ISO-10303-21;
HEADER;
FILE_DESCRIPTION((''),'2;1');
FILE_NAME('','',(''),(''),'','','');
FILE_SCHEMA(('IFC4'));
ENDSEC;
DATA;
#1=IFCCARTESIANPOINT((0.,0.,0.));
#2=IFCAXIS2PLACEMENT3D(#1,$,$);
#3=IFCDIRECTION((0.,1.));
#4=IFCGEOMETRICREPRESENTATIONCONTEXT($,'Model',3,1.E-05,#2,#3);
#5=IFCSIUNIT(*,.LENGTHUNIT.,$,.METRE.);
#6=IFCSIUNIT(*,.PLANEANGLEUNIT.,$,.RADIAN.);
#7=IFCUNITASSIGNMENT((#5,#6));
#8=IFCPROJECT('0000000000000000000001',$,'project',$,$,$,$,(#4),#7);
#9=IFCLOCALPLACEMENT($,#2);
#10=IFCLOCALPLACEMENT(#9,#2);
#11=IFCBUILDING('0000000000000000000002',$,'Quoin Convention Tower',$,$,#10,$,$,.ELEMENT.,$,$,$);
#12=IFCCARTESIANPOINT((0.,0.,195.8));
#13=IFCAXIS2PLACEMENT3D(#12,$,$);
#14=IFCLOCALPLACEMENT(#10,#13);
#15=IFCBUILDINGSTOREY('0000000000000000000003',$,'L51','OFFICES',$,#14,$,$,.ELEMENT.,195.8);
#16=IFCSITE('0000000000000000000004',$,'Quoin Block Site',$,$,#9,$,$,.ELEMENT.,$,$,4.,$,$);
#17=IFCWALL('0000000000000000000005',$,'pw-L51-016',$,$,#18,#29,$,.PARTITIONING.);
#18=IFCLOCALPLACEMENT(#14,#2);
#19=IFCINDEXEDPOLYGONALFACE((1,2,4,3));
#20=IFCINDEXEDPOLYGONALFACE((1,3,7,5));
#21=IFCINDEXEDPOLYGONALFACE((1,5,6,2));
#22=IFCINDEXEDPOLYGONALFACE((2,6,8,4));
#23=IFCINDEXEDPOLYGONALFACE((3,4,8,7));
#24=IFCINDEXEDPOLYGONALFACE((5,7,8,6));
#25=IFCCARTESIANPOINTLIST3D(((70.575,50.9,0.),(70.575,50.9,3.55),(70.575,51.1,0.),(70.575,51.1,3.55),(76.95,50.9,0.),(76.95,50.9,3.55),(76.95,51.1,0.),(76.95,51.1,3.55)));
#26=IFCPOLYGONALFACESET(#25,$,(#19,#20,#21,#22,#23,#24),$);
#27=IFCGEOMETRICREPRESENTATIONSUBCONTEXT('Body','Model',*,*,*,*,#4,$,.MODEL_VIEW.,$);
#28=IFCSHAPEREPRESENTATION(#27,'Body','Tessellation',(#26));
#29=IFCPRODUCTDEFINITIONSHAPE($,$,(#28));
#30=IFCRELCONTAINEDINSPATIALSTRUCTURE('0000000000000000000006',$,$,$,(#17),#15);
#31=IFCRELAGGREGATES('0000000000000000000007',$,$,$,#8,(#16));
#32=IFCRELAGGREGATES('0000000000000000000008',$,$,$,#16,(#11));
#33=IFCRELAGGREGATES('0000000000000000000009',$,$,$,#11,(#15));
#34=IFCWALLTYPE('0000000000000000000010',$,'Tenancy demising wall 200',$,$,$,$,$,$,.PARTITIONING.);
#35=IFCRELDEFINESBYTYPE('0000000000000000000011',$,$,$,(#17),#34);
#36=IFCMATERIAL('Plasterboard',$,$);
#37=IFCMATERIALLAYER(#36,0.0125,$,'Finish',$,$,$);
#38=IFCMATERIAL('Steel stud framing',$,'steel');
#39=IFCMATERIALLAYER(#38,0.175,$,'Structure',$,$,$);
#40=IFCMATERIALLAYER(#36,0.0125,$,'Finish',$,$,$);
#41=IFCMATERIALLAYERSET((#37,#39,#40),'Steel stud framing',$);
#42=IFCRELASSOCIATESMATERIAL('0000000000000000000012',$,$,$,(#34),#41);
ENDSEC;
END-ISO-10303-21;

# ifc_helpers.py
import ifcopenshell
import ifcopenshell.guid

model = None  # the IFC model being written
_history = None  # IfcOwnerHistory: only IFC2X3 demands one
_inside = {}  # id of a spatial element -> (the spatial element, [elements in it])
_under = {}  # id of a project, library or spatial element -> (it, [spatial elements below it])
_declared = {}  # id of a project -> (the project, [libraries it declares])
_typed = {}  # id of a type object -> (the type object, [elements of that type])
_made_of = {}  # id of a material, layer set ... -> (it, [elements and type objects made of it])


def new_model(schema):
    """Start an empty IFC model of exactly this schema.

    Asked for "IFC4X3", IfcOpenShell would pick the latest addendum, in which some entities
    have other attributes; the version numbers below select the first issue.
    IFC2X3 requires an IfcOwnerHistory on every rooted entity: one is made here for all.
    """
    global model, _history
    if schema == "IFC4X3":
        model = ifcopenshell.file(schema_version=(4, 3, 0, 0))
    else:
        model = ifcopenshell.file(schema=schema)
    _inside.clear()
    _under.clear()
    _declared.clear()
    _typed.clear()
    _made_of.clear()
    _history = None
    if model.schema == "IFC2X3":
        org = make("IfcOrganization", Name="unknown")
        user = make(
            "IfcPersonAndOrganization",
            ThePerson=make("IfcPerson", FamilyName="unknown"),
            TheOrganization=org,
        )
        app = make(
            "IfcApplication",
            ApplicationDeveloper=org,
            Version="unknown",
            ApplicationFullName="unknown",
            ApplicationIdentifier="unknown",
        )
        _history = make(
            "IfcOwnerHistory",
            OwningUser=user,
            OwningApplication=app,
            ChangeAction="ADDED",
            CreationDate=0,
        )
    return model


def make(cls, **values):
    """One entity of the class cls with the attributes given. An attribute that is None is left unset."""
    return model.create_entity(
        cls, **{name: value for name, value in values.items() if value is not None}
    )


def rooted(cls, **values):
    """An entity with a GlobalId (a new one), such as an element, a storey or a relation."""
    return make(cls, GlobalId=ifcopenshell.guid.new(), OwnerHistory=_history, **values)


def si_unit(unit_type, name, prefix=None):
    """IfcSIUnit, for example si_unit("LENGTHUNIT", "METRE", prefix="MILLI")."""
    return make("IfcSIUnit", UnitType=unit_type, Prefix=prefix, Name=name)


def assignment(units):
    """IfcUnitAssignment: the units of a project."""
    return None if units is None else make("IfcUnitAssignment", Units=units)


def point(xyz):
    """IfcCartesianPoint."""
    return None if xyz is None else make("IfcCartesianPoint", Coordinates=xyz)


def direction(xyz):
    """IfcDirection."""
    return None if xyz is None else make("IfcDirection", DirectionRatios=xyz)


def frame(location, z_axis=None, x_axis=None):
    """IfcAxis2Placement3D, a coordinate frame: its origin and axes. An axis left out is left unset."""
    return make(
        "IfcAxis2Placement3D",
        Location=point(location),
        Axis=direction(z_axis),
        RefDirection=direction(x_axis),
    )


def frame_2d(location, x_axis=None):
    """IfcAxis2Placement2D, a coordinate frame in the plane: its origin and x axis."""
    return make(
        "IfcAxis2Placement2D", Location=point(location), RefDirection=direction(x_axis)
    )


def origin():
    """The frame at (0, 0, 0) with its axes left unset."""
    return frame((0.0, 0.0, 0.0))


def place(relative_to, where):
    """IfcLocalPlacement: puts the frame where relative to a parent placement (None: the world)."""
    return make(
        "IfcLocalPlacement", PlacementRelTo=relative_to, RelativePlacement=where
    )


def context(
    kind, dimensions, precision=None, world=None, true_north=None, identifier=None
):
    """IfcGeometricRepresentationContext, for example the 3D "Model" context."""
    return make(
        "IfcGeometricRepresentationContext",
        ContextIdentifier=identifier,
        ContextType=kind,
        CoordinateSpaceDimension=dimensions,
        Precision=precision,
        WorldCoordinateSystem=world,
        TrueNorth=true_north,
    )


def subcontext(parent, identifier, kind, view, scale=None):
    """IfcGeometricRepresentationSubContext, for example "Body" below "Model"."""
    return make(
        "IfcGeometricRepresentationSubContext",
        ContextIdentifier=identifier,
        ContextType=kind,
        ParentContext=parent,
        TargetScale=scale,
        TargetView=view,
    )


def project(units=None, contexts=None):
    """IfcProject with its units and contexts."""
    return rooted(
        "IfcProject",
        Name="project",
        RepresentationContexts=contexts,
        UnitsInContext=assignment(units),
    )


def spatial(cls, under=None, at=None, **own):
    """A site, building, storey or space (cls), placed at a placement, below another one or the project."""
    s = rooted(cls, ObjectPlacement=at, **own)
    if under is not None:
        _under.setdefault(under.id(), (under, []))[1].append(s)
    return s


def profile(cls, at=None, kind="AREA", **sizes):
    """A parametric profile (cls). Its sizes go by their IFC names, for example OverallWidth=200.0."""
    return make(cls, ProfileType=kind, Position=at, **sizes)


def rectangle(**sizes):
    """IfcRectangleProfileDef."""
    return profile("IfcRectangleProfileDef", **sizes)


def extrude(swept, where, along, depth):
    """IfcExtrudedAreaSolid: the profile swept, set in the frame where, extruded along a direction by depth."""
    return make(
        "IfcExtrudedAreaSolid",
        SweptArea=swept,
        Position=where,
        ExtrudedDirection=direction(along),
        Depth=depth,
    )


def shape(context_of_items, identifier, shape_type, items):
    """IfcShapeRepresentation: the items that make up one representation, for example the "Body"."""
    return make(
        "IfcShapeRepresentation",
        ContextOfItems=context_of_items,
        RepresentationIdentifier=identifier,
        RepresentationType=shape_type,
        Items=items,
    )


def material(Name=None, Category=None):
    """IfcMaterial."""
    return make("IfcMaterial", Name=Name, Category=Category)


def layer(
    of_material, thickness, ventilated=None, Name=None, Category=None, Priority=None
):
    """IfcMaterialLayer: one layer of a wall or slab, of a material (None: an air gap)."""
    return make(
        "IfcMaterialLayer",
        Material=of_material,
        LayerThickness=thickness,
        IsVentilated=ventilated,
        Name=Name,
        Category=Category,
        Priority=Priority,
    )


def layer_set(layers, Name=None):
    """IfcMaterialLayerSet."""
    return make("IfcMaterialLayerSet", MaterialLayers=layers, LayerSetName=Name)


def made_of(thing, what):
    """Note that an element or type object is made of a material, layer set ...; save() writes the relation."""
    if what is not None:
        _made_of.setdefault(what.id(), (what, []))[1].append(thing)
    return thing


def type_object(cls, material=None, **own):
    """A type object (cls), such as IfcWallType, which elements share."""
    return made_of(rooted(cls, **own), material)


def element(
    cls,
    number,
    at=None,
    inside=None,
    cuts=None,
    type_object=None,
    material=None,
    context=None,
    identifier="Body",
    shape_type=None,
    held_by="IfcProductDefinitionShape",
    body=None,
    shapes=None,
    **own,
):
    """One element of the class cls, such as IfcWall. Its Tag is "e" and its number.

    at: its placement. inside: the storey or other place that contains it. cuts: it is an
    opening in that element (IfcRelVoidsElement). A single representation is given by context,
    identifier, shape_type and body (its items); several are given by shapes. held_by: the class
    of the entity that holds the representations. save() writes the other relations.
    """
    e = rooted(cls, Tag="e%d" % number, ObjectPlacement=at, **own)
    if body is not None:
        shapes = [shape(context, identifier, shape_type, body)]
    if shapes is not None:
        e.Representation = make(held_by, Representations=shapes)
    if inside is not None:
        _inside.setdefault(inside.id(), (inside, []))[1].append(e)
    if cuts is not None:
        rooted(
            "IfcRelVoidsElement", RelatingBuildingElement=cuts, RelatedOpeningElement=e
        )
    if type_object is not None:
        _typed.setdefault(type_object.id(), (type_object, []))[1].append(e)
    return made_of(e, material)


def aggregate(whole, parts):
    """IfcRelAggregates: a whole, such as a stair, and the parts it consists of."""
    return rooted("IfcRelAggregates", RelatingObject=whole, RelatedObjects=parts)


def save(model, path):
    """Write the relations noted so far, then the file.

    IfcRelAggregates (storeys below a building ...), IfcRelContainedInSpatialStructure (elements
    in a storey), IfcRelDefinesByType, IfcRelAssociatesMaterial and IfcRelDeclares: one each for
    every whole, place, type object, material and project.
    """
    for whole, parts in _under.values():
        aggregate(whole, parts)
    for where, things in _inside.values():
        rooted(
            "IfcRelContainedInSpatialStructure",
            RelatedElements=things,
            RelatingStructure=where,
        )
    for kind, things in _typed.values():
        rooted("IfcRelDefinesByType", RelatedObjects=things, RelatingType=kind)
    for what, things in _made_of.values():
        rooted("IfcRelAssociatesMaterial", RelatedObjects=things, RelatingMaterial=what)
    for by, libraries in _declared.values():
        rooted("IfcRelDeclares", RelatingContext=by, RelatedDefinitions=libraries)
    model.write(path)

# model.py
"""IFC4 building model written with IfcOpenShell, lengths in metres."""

from ifc_helpers import new_model, si_unit, direction, frame, frame_2d, origin, place, context, subcontext, project, spatial, rectangle, extrude, material, layer, layer_set, type_object, element, save


model = new_model("IFC4")

# Units and contexts
model_context = context("Model", 3, precision=1e-05, world=origin(), true_north=direction((0.0, 1.0)))
body_context = subcontext(model_context, "Body", "Model", "MODEL_VIEW")
ifc_project = project(units=[si_unit("LENGTHUNIT", "METRE"), si_unit("PLANEANGLEUNIT", "RADIAN")], contexts=[model_context])

# Site, building, storey
site_placement = place(None, origin())
site = spatial("IfcSite", under=ifc_project, at=site_placement, Name="Quoin Block Site", CompositionType="ELEMENT", RefElevation=4.0)
building_placement = place(site_placement, origin())
building = spatial("IfcBuilding", under=site, at=building_placement, Name="Quoin Convention Tower", CompositionType="ELEMENT")
storey_placement = place(building_placement, frame((0.0, 0.0, 195.8)))
storey = spatial("IfcBuildingStorey", under=building, at=storey_placement, Name="L51", Description="OFFICES", CompositionType="ELEMENT", Elevation=195.8)

# Shared definitions
ifc_material_1 = material(Name="Plasterboard")
ifc_material_2 = material(Name="Steel stud framing", Category="steel")

# Wall
ifc_layer_1 = layer(ifc_material_1, 0.0125, Name="Finish")
ifc_layer_2 = layer(ifc_material_2, 0.175, Name="Structure")
ifc_layer_3 = layer(ifc_material_1, 0.0125, Name="Finish")
ifc_layer_set_1 = layer_set([ifc_layer_1, ifc_layer_2, ifc_layer_3], Name="Steel stud framing")
wall_type_1 = type_object("IfcWallType", Name="Tenancy demising wall 200", PredefinedType="PARTITIONING", material=ifc_layer_set_1)
wall_1_placement = place(storey_placement, frame((70.575, 51.0, 0.0), z_axis=(0.0, 0.0, 1.0), x_axis=(1.0, 0.0, 0.0)))
element("IfcWall", 1, at=wall_1_placement, inside=storey, type_object=wall_type_1, Name="pw-L51-016", PredefinedType="PARTITIONING", context=body_context, shape_type="SweptSolid", body=[
    extrude(rectangle(XDim=6.375, YDim=0.2, at=frame_2d((3.1875, 0.0))), origin(), (0.0, 0.0, 1.0), 3.55),
])

save(model, "model.ifc")
